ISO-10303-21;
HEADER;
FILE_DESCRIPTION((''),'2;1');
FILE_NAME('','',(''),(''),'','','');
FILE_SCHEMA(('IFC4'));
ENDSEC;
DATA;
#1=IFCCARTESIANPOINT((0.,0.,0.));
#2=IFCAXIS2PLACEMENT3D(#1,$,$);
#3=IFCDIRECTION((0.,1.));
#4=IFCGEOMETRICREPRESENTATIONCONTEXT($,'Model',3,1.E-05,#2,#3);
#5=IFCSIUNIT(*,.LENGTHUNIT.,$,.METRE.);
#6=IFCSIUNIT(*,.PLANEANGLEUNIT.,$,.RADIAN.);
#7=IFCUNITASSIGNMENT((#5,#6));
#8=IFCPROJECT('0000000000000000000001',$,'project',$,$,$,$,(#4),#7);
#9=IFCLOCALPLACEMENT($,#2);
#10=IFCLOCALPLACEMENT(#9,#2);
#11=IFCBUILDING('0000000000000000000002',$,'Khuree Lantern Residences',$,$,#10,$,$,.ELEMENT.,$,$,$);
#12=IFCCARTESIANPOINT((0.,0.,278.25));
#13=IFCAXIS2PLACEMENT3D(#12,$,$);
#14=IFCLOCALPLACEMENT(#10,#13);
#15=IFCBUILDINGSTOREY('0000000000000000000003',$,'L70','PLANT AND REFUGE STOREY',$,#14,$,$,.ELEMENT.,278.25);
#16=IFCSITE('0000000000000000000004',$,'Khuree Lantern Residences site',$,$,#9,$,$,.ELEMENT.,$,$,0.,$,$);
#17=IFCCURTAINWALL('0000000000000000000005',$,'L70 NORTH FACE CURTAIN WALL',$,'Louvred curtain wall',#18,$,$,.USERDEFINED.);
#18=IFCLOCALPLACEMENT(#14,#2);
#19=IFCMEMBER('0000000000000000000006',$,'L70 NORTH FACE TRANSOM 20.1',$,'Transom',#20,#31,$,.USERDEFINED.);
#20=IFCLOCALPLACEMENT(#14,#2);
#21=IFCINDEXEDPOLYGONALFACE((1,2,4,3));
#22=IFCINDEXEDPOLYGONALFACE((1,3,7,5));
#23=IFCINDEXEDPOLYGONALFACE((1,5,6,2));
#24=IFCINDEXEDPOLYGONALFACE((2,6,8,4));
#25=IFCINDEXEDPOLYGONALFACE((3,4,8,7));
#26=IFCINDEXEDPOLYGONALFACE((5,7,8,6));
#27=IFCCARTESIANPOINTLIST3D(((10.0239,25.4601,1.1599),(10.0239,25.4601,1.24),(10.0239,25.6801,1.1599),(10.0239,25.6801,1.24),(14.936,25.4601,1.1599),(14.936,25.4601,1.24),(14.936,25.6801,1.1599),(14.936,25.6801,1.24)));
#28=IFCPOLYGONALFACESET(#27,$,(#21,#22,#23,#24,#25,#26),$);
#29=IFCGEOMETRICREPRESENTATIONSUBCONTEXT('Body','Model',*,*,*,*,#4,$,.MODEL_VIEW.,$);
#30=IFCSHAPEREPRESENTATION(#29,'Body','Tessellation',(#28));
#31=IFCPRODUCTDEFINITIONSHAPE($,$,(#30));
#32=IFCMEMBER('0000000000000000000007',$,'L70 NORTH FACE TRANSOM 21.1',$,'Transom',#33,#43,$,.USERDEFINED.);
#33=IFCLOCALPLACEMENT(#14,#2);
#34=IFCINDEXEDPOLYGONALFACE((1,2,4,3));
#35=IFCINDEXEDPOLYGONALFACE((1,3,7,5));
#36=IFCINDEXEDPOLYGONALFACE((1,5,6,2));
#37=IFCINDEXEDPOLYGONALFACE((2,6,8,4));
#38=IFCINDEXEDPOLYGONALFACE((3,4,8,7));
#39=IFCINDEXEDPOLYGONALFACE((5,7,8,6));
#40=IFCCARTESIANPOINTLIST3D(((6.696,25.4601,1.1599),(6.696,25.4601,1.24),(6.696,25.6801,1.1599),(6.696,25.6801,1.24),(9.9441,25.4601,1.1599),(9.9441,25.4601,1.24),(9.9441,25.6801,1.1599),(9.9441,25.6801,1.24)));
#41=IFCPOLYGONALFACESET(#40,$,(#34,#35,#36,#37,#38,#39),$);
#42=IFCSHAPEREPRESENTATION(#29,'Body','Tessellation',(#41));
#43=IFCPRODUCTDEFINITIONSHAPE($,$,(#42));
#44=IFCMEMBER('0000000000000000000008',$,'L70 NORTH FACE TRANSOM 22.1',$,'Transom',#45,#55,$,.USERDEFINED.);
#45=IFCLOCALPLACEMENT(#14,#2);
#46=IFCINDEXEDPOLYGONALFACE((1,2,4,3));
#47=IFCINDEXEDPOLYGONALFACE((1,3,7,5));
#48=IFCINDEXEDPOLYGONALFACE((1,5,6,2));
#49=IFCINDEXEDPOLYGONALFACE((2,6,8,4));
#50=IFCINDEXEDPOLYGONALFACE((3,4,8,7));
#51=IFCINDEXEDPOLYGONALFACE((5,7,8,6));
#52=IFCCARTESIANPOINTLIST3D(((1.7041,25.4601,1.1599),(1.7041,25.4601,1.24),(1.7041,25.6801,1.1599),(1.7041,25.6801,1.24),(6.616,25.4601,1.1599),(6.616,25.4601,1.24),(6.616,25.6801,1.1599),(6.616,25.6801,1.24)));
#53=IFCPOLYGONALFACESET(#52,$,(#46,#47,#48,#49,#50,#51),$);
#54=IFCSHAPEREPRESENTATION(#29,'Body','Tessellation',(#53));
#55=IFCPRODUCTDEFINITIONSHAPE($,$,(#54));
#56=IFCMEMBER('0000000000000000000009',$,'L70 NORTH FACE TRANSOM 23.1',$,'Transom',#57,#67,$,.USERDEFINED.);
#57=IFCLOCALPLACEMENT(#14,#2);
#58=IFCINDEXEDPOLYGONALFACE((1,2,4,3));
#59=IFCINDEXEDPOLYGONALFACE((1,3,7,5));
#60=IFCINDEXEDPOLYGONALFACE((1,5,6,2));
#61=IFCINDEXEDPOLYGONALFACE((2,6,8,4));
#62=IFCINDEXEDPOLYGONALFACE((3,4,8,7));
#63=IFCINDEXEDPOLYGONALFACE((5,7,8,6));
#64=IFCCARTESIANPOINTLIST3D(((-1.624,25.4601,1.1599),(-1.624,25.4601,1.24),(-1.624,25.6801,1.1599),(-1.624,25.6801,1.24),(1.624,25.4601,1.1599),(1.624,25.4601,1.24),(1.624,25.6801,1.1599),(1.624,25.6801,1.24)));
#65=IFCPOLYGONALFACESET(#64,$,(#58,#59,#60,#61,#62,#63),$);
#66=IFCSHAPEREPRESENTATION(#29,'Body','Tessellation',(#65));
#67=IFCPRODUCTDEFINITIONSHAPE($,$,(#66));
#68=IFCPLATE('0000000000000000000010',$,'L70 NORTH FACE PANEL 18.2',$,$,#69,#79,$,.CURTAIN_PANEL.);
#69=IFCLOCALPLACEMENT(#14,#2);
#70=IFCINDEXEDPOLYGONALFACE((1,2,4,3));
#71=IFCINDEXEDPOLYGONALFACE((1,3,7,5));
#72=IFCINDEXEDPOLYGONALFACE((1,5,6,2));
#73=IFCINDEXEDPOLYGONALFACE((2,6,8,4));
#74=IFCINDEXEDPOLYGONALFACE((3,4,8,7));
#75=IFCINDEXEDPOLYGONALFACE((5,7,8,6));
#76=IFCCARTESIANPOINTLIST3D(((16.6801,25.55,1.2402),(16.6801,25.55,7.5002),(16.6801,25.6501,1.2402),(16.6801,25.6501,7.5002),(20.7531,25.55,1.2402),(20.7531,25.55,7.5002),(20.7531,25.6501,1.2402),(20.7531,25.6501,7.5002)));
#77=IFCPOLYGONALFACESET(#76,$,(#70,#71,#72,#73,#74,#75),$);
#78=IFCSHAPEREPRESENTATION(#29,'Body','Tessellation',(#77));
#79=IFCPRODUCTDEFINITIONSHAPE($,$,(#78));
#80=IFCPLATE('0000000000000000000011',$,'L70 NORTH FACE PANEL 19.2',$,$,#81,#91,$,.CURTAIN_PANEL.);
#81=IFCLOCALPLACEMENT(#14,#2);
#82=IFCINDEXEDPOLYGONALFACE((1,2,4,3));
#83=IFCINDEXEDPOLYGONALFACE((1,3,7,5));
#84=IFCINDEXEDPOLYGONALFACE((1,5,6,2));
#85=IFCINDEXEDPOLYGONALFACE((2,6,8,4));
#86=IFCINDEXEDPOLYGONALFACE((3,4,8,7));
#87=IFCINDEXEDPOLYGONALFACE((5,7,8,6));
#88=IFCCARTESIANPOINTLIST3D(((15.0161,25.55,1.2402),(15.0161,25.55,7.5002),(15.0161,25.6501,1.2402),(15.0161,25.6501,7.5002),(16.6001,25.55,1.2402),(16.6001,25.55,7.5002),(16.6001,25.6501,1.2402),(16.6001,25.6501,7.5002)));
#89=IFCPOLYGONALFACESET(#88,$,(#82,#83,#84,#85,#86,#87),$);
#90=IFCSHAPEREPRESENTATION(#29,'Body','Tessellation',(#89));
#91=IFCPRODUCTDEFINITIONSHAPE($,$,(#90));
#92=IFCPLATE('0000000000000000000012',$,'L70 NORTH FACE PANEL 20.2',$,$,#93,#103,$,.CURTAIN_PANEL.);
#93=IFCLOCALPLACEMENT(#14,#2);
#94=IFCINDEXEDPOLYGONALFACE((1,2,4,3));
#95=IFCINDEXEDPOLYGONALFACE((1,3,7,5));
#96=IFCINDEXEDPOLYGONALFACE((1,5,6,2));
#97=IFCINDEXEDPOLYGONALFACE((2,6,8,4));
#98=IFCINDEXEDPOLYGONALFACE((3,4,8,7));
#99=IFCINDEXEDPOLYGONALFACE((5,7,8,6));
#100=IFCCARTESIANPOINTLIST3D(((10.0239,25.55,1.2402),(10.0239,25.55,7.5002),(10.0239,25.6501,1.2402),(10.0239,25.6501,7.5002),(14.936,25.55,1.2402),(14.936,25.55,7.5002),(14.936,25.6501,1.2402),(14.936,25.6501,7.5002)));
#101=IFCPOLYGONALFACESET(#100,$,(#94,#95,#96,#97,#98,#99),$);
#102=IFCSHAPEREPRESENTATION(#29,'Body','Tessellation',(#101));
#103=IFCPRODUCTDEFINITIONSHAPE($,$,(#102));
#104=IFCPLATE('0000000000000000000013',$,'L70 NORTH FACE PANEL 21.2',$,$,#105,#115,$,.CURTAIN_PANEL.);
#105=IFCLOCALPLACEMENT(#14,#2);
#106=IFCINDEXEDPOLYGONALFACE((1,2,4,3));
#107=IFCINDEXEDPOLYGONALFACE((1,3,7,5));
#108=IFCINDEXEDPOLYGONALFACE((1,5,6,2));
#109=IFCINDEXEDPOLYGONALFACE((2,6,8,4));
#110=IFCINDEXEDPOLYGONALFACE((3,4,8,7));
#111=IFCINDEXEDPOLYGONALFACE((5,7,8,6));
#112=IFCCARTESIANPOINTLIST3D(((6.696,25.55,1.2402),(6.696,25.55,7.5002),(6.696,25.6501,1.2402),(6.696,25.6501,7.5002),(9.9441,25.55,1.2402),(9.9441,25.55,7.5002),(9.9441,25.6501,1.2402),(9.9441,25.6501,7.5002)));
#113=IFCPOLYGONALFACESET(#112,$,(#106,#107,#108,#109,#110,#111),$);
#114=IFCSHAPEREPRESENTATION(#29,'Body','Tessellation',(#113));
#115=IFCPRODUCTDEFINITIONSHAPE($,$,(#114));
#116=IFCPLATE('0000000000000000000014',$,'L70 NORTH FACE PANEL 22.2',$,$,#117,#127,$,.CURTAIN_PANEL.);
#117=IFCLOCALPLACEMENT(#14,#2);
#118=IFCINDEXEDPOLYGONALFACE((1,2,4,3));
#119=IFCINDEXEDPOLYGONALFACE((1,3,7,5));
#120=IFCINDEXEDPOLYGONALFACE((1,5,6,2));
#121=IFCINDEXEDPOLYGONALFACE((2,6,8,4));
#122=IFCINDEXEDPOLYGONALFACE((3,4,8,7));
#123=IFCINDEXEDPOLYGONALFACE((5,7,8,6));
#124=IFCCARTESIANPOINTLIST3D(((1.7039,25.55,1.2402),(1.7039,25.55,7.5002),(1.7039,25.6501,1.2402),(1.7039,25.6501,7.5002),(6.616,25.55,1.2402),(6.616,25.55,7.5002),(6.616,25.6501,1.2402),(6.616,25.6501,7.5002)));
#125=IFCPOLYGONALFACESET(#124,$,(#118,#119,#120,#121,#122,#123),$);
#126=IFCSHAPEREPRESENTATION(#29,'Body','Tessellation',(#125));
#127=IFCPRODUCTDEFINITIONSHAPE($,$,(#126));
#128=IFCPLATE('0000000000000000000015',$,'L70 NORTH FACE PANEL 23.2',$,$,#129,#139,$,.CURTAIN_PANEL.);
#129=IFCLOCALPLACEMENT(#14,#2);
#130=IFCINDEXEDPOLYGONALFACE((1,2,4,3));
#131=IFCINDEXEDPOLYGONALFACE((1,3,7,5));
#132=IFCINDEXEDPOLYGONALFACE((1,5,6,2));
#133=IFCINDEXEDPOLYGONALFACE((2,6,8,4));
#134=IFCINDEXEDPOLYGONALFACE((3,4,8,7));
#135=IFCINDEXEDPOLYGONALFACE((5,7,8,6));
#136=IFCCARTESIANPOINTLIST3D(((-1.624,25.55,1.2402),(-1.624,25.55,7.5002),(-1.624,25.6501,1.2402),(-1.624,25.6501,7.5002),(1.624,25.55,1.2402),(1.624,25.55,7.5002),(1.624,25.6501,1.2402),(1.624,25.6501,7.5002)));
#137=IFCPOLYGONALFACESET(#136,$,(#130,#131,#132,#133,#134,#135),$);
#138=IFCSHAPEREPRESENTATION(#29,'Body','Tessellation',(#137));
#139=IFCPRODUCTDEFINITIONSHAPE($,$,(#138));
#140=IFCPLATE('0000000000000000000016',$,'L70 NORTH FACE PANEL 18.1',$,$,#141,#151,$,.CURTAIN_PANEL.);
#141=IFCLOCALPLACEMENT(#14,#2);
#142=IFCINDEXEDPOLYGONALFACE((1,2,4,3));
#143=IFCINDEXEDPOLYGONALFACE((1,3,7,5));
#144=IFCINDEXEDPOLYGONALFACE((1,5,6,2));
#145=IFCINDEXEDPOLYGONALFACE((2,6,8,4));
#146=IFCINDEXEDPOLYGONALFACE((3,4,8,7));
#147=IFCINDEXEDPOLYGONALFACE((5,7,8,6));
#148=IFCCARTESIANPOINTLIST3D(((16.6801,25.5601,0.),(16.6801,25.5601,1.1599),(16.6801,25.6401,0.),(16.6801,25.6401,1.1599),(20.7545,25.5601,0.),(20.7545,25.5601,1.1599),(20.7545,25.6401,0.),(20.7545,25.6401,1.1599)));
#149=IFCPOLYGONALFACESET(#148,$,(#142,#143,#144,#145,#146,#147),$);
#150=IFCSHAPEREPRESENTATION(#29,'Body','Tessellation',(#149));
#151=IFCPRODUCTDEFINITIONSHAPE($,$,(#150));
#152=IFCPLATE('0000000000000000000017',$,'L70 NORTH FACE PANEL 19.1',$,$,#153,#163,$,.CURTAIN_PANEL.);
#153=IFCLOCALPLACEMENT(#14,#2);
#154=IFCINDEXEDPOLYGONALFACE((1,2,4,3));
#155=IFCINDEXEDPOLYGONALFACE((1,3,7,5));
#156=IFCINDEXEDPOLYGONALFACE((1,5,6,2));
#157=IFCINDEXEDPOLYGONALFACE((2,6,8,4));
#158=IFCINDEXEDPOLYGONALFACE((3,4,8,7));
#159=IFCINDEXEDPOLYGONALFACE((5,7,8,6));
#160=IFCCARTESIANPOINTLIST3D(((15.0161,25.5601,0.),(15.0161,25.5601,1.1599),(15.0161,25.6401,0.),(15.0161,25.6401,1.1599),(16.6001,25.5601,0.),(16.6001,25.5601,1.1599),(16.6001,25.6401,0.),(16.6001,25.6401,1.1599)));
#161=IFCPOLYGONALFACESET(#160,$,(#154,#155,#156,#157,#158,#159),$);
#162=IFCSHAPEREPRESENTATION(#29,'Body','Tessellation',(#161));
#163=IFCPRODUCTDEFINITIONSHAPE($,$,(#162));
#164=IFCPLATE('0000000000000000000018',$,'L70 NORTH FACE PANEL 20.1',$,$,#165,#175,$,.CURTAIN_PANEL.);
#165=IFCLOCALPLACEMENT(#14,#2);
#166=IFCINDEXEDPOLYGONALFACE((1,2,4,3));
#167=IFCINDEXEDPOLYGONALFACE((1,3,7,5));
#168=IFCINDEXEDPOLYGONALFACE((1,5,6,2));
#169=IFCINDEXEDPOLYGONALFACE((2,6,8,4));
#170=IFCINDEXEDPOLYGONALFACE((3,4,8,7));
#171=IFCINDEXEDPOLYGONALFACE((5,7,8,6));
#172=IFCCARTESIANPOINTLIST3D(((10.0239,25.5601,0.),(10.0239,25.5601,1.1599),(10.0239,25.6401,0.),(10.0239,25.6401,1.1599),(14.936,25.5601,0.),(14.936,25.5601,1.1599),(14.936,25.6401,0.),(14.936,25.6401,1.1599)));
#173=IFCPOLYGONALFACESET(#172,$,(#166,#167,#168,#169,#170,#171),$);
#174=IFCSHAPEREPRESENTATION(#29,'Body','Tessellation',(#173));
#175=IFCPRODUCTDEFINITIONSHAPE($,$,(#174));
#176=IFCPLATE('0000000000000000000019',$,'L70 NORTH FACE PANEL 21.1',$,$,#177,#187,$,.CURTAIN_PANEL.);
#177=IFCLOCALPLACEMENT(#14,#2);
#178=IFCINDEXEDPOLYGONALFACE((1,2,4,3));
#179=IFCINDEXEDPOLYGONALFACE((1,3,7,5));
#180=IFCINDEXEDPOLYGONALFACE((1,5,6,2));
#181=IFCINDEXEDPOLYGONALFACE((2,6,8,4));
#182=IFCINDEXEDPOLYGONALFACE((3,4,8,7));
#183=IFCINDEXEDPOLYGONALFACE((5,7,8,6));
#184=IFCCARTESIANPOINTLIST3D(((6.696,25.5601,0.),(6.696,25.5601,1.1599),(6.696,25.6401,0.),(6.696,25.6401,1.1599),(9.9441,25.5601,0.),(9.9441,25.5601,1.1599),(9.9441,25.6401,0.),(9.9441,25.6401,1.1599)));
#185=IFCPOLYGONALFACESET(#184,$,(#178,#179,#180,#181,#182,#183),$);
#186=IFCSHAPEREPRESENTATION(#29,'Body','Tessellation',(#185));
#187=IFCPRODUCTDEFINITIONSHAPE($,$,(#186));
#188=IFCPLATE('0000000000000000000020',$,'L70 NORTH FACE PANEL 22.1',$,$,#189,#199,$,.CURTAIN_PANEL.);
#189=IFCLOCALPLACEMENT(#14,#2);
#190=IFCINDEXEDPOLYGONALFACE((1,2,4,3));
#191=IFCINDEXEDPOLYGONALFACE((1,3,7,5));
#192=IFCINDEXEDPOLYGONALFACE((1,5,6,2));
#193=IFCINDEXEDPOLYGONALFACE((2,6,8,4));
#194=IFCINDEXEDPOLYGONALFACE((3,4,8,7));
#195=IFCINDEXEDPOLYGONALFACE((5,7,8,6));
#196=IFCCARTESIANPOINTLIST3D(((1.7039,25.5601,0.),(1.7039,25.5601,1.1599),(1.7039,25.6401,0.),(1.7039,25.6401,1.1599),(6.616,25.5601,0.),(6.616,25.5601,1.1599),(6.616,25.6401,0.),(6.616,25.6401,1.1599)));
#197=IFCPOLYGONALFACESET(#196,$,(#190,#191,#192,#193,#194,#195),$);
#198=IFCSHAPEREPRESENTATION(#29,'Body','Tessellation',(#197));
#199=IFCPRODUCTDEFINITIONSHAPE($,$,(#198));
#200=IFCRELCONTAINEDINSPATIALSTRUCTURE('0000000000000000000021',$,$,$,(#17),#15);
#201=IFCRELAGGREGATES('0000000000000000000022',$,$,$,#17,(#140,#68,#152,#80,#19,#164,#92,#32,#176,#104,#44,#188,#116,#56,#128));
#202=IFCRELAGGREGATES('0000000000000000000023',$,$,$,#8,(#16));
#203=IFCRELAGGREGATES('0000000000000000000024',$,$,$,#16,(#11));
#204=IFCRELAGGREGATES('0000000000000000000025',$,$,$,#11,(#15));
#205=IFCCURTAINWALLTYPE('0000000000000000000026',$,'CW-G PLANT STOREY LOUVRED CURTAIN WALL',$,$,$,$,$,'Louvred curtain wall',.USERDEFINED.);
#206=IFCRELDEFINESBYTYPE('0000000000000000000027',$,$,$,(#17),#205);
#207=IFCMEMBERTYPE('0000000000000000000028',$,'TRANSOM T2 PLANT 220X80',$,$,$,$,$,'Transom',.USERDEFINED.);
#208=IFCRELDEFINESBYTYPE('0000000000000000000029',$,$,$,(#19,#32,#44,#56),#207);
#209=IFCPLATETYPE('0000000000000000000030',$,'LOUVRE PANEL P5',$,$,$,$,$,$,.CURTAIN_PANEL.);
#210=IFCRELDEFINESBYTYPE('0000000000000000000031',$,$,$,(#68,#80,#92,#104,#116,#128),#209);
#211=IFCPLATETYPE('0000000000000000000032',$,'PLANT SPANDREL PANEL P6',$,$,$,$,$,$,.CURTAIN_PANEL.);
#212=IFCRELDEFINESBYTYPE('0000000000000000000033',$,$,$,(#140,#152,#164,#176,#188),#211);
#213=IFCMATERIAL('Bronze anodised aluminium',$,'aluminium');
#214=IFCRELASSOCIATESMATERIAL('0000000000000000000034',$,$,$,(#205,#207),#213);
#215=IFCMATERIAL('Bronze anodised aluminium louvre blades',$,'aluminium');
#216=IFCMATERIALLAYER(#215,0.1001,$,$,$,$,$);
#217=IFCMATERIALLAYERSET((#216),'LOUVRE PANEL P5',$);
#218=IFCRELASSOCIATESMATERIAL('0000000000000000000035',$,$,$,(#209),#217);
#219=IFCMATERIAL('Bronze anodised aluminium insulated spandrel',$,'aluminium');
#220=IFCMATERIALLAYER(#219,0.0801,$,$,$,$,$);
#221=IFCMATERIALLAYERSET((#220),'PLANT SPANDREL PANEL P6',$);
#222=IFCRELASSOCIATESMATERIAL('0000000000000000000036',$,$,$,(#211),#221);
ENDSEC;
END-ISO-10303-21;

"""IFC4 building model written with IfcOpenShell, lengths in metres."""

from ifc_helpers import new_model, si_unit, direction, frame, origin, origin_2d, place, context, subcontext, project, spatial, rectangle, extrude, material, layer, layer_set, material_profile, profile_set, type_object, element, aggregate, save


model = new_model("IFC4")

# Units and contexts
model_context = context("Model", 3, precision=1e-05, world=origin(), true_north=direction((0.0, 1.0)))
body_context = subcontext(model_context, "Body", "Model", "MODEL_VIEW")
ifc_project = project(units=[si_unit("LENGTHUNIT", "METRE"), si_unit("PLANEANGLEUNIT", "RADIAN")], contexts=[model_context])

# Site, building, storey
site_placement = place(None, origin())
site = spatial("IfcSite", under=ifc_project, at=site_placement, Name="Khuree Lantern Residences site", CompositionType="ELEMENT", RefElevation=0.0)
building_placement = place(site_placement, origin())
building = spatial("IfcBuilding", under=site, at=building_placement, Name="Khuree Lantern Residences", CompositionType="ELEMENT")
storey_placement = place(building_placement, frame((0.0, 0.0, 278.25)))
storey = spatial("IfcBuildingStorey", under=building, at=storey_placement, Name="L70", Description="PLANT AND REFUGE STOREY", CompositionType="ELEMENT", Elevation=278.25)

# Curtain wall
ifc_material_1 = material(Name="Bronze anodised aluminium", Category="aluminium")
curtain_wall_type = type_object("IfcCurtainWallType", Name="CW-G PLANT STOREY LOUVRED CURTAIN WALL", ElementType="Louvred curtain wall", PredefinedType="USERDEFINED", material=ifc_material_1)
curtain_wall_placement = place(storey_placement, origin())
curtain_wall = element("IfcCurtainWall", 1, at=curtain_wall_placement, inside=storey, type_object=curtain_wall_type, Name="L70 NORTH FACE CURTAIN WALL", ObjectType="Louvred curtain wall", PredefinedType="USERDEFINED")

# Members
ifc_material_profile_1 = material_profile(ifc_material_1, rectangle(XDim=0.22, YDim=0.0801, at=origin_2d()), Name="T2 220X80")
ifc_profile_set_1 = profile_set([ifc_material_profile_1], Name="Bronze anodised aluminium")
member_type_1 = type_object("IfcMemberType", Name="TRANSOM T2 PLANT 220X80", ElementType="Transom", PredefinedType="USERDEFINED", material=ifc_profile_set_1)
member_1_placement = place(storey_placement, frame((14.936, 25.5701, 1.2), z_axis=(-1.0, 0.0, 0.0), x_axis=(0.0, -1.0, 0.0)))
member_1 = element("IfcMember", 2, at=member_1_placement, type_object=member_type_1, Name="L70 NORTH FACE TRANSOM 20.1", ObjectType="Transom", PredefinedType="USERDEFINED", context=body_context, shape_type="SweptSolid", body=[
    extrude(rectangle(XDim=0.22, YDim=0.0801, at=origin_2d()), origin(), (0.0, 0.0, 1.0), 4.9121),
])
member_2_placement = place(storey_placement, frame((9.9441, 25.5701, 1.2), z_axis=(-1.0, 0.0, 0.0), x_axis=(0.0, -1.0, 0.0)))
member_2 = element("IfcMember", 3, at=member_2_placement, type_object=member_type_1, Name="L70 NORTH FACE TRANSOM 21.1", ObjectType="Transom", PredefinedType="USERDEFINED", context=body_context, shape_type="SweptSolid", body=[
    extrude(rectangle(XDim=0.22, YDim=0.0801, at=origin_2d()), origin(), (0.0, 0.0, 1.0), 3.248),
])
member_3_placement = place(storey_placement, frame((6.616, 25.5701, 1.2), z_axis=(-1.0, 0.0, 0.0), x_axis=(0.0, -1.0, 0.0)))
member_3 = element("IfcMember", 4, at=member_3_placement, type_object=member_type_1, Name="L70 NORTH FACE TRANSOM 22.1", ObjectType="Transom", PredefinedType="USERDEFINED", context=body_context, shape_type="SweptSolid", body=[
    extrude(rectangle(XDim=0.22, YDim=0.0801, at=origin_2d()), origin(), (0.0, 0.0, 1.0), 4.9119),
])
member_4_placement = place(storey_placement, frame((1.624, 25.5701, 1.2), z_axis=(-1.0, 0.0, 0.0), x_axis=(0.0, -1.0, 0.0)))
member_4 = element("IfcMember", 5, at=member_4_placement, type_object=member_type_1, Name="L70 NORTH FACE TRANSOM 23.1", ObjectType="Transom", PredefinedType="USERDEFINED", context=body_context, shape_type="SweptSolid", body=[
    extrude(rectangle(XDim=0.22, YDim=0.0801, at=origin_2d()), origin(), (0.0, 0.0, 1.0), 3.248),
])

# Plates
ifc_material_2 = material(Name="Bronze anodised aluminium louvre blades", Category="aluminium")
ifc_layer_1 = layer(ifc_material_2, 0.1001)
ifc_layer_set_1 = layer_set([ifc_layer_1], Name="LOUVRE PANEL P5")
plate_type_1 = type_object("IfcPlateType", Name="LOUVRE PANEL P5", PredefinedType="CURTAIN_PANEL", material=ifc_layer_set_1)
plate_1_placement = place(storey_placement, frame((18.7166, 25.6001, 1.2402), z_axis=(0.0, 0.0, 1.0), x_axis=(-1.0, 0.0, 0.0)))
plate_1 = element("IfcPlate", 6, at=plate_1_placement, type_object=plate_type_1, Name="L70 NORTH FACE PANEL 18.2", PredefinedType="CURTAIN_PANEL", context=body_context, shape_type="SweptSolid", body=[
    extrude(rectangle(XDim=4.073, YDim=0.1001, at=origin_2d()), origin(), (0.0, 0.0, 1.0), 6.26),
])
plate_2_placement = place(storey_placement, frame((15.8081, 25.6001, 1.2402), z_axis=(0.0, 0.0, 1.0), x_axis=(-1.0, 0.0, 0.0)))
plate_2 = element("IfcPlate", 7, at=plate_2_placement, type_object=plate_type_1, Name="L70 NORTH FACE PANEL 19.2", PredefinedType="CURTAIN_PANEL", context=body_context, shape_type="SweptSolid", body=[
    extrude(rectangle(XDim=1.584, YDim=0.1001, at=origin_2d()), origin(), (0.0, 0.0, 1.0), 6.26),
])
plate_3_placement = place(storey_placement, frame((12.48, 25.6001, 1.2402), z_axis=(0.0, 0.0, 1.0), x_axis=(-1.0, 0.0, 0.0)))
plate_3 = element("IfcPlate", 8, at=plate_3_placement, type_object=plate_type_1, Name="L70 NORTH FACE PANEL 20.2", PredefinedType="CURTAIN_PANEL", context=body_context, shape_type="SweptSolid", body=[
    extrude(rectangle(XDim=4.9121, YDim=0.1001, at=origin_2d()), origin(), (0.0, 0.0, 1.0), 6.26),
])
plate_4_placement = place(storey_placement, frame((8.3201, 25.6001, 1.2402), z_axis=(0.0, 0.0, 1.0), x_axis=(-1.0, 0.0, 0.0)))
plate_4 = element("IfcPlate", 9, at=plate_4_placement, type_object=plate_type_1, Name="L70 NORTH FACE PANEL 21.2", PredefinedType="CURTAIN_PANEL", context=body_context, shape_type="SweptSolid", body=[
    extrude(rectangle(XDim=3.248, YDim=0.1001, at=origin_2d()), origin(), (0.0, 0.0, 1.0), 6.26),
])
plate_5_placement = place(storey_placement, frame((4.1599, 25.6001, 1.2402), z_axis=(0.0, 0.0, 1.0), x_axis=(-1.0, 0.0, 0.0)))
plate_5 = element("IfcPlate", 10, at=plate_5_placement, type_object=plate_type_1, Name="L70 NORTH FACE PANEL 22.2", PredefinedType="CURTAIN_PANEL", context=body_context, shape_type="SweptSolid", body=[
    extrude(rectangle(XDim=4.9121, YDim=0.1001, at=origin_2d()), origin(), (0.0, 0.0, 1.0), 6.26),
])
plate_6_placement = place(storey_placement, frame((0.0, 25.6001, 1.2402), z_axis=(0.0, 0.0, 1.0), x_axis=(-1.0, 0.0, 0.0)))
plate_6 = element("IfcPlate", 11, at=plate_6_placement, type_object=plate_type_1, Name="L70 NORTH FACE PANEL 23.2", PredefinedType="CURTAIN_PANEL", context=body_context, shape_type="SweptSolid", body=[
    extrude(rectangle(XDim=3.248, YDim=0.1001, at=origin_2d()), origin(), (0.0, 0.0, 1.0), 6.26),
])
ifc_material_3 = material(Name="Bronze anodised aluminium insulated spandrel", Category="aluminium")
ifc_layer_2 = layer(ifc_material_3, 0.0801)
ifc_layer_set_2 = layer_set([ifc_layer_2], Name="PLANT SPANDREL PANEL P6")
plate_type_2 = type_object("IfcPlateType", Name="PLANT SPANDREL PANEL P6", PredefinedType="CURTAIN_PANEL", material=ifc_layer_set_2)
plate_7_placement = place(storey_placement, frame((18.7173, 25.6001, 0.0), z_axis=(0.0, 0.0, 1.0), x_axis=(-1.0, 0.0, 0.0)))
plate_7 = element("IfcPlate", 12, at=plate_7_placement, type_object=plate_type_2, Name="L70 NORTH FACE PANEL 18.1", PredefinedType="CURTAIN_PANEL", context=body_context, shape_type="SweptSolid", body=[
    extrude(rectangle(XDim=4.0745, YDim=0.0801, at=origin_2d()), origin(), (0.0, 0.0, 1.0), 1.1599),
])
plate_8_placement = place(storey_placement, frame((15.8081, 25.6001, 0.0), z_axis=(0.0, 0.0, 1.0), x_axis=(-1.0, 0.0, 0.0)))
plate_8 = element("IfcPlate", 13, at=plate_8_placement, type_object=plate_type_2, Name="L70 NORTH FACE PANEL 19.1", PredefinedType="CURTAIN_PANEL", context=body_context, shape_type="SweptSolid", body=[
    extrude(rectangle(XDim=1.584, YDim=0.0801, at=origin_2d()), origin(), (0.0, 0.0, 1.0), 1.1599),
])
plate_9_placement = place(storey_placement, frame((12.48, 25.6001, 0.0), z_axis=(0.0, 0.0, 1.0), x_axis=(-1.0, 0.0, 0.0)))
plate_9 = element("IfcPlate", 14, at=plate_9_placement, type_object=plate_type_2, Name="L70 NORTH FACE PANEL 20.1", PredefinedType="CURTAIN_PANEL", context=body_context, shape_type="SweptSolid", body=[
    extrude(rectangle(XDim=4.9121, YDim=0.0801, at=origin_2d()), origin(), (0.0, 0.0, 1.0), 1.1599),
])
plate_10_placement = place(storey_placement, frame((8.3201, 25.6001, 0.0), z_axis=(0.0, 0.0, 1.0), x_axis=(-1.0, 0.0, 0.0)))
plate_10 = element("IfcPlate", 15, at=plate_10_placement, type_object=plate_type_2, Name="L70 NORTH FACE PANEL 21.1", PredefinedType="CURTAIN_PANEL", context=body_context, shape_type="SweptSolid", body=[
    extrude(rectangle(XDim=3.248, YDim=0.0801, at=origin_2d()), origin(), (0.0, 0.0, 1.0), 1.1599),
])
plate_11_placement = place(storey_placement, frame((4.1599, 25.6001, 0.0), z_axis=(0.0, 0.0, 1.0), x_axis=(-1.0, 0.0, 0.0)))
plate_11 = element("IfcPlate", 16, at=plate_11_placement, type_object=plate_type_2, Name="L70 NORTH FACE PANEL 22.1", PredefinedType="CURTAIN_PANEL", context=body_context, shape_type="SweptSolid", body=[
    extrude(rectangle(XDim=4.9121, YDim=0.0801, at=origin_2d()), origin(), (0.0, 0.0, 1.0), 1.1599),
])
aggregate(curtain_wall, [plate_7, plate_1, plate_8, plate_2, member_1, plate_9, plate_3, member_2, plate_10, plate_4, member_3, plate_11, plate_5, member_4, plate_6])

save(model, "model.ifc")
